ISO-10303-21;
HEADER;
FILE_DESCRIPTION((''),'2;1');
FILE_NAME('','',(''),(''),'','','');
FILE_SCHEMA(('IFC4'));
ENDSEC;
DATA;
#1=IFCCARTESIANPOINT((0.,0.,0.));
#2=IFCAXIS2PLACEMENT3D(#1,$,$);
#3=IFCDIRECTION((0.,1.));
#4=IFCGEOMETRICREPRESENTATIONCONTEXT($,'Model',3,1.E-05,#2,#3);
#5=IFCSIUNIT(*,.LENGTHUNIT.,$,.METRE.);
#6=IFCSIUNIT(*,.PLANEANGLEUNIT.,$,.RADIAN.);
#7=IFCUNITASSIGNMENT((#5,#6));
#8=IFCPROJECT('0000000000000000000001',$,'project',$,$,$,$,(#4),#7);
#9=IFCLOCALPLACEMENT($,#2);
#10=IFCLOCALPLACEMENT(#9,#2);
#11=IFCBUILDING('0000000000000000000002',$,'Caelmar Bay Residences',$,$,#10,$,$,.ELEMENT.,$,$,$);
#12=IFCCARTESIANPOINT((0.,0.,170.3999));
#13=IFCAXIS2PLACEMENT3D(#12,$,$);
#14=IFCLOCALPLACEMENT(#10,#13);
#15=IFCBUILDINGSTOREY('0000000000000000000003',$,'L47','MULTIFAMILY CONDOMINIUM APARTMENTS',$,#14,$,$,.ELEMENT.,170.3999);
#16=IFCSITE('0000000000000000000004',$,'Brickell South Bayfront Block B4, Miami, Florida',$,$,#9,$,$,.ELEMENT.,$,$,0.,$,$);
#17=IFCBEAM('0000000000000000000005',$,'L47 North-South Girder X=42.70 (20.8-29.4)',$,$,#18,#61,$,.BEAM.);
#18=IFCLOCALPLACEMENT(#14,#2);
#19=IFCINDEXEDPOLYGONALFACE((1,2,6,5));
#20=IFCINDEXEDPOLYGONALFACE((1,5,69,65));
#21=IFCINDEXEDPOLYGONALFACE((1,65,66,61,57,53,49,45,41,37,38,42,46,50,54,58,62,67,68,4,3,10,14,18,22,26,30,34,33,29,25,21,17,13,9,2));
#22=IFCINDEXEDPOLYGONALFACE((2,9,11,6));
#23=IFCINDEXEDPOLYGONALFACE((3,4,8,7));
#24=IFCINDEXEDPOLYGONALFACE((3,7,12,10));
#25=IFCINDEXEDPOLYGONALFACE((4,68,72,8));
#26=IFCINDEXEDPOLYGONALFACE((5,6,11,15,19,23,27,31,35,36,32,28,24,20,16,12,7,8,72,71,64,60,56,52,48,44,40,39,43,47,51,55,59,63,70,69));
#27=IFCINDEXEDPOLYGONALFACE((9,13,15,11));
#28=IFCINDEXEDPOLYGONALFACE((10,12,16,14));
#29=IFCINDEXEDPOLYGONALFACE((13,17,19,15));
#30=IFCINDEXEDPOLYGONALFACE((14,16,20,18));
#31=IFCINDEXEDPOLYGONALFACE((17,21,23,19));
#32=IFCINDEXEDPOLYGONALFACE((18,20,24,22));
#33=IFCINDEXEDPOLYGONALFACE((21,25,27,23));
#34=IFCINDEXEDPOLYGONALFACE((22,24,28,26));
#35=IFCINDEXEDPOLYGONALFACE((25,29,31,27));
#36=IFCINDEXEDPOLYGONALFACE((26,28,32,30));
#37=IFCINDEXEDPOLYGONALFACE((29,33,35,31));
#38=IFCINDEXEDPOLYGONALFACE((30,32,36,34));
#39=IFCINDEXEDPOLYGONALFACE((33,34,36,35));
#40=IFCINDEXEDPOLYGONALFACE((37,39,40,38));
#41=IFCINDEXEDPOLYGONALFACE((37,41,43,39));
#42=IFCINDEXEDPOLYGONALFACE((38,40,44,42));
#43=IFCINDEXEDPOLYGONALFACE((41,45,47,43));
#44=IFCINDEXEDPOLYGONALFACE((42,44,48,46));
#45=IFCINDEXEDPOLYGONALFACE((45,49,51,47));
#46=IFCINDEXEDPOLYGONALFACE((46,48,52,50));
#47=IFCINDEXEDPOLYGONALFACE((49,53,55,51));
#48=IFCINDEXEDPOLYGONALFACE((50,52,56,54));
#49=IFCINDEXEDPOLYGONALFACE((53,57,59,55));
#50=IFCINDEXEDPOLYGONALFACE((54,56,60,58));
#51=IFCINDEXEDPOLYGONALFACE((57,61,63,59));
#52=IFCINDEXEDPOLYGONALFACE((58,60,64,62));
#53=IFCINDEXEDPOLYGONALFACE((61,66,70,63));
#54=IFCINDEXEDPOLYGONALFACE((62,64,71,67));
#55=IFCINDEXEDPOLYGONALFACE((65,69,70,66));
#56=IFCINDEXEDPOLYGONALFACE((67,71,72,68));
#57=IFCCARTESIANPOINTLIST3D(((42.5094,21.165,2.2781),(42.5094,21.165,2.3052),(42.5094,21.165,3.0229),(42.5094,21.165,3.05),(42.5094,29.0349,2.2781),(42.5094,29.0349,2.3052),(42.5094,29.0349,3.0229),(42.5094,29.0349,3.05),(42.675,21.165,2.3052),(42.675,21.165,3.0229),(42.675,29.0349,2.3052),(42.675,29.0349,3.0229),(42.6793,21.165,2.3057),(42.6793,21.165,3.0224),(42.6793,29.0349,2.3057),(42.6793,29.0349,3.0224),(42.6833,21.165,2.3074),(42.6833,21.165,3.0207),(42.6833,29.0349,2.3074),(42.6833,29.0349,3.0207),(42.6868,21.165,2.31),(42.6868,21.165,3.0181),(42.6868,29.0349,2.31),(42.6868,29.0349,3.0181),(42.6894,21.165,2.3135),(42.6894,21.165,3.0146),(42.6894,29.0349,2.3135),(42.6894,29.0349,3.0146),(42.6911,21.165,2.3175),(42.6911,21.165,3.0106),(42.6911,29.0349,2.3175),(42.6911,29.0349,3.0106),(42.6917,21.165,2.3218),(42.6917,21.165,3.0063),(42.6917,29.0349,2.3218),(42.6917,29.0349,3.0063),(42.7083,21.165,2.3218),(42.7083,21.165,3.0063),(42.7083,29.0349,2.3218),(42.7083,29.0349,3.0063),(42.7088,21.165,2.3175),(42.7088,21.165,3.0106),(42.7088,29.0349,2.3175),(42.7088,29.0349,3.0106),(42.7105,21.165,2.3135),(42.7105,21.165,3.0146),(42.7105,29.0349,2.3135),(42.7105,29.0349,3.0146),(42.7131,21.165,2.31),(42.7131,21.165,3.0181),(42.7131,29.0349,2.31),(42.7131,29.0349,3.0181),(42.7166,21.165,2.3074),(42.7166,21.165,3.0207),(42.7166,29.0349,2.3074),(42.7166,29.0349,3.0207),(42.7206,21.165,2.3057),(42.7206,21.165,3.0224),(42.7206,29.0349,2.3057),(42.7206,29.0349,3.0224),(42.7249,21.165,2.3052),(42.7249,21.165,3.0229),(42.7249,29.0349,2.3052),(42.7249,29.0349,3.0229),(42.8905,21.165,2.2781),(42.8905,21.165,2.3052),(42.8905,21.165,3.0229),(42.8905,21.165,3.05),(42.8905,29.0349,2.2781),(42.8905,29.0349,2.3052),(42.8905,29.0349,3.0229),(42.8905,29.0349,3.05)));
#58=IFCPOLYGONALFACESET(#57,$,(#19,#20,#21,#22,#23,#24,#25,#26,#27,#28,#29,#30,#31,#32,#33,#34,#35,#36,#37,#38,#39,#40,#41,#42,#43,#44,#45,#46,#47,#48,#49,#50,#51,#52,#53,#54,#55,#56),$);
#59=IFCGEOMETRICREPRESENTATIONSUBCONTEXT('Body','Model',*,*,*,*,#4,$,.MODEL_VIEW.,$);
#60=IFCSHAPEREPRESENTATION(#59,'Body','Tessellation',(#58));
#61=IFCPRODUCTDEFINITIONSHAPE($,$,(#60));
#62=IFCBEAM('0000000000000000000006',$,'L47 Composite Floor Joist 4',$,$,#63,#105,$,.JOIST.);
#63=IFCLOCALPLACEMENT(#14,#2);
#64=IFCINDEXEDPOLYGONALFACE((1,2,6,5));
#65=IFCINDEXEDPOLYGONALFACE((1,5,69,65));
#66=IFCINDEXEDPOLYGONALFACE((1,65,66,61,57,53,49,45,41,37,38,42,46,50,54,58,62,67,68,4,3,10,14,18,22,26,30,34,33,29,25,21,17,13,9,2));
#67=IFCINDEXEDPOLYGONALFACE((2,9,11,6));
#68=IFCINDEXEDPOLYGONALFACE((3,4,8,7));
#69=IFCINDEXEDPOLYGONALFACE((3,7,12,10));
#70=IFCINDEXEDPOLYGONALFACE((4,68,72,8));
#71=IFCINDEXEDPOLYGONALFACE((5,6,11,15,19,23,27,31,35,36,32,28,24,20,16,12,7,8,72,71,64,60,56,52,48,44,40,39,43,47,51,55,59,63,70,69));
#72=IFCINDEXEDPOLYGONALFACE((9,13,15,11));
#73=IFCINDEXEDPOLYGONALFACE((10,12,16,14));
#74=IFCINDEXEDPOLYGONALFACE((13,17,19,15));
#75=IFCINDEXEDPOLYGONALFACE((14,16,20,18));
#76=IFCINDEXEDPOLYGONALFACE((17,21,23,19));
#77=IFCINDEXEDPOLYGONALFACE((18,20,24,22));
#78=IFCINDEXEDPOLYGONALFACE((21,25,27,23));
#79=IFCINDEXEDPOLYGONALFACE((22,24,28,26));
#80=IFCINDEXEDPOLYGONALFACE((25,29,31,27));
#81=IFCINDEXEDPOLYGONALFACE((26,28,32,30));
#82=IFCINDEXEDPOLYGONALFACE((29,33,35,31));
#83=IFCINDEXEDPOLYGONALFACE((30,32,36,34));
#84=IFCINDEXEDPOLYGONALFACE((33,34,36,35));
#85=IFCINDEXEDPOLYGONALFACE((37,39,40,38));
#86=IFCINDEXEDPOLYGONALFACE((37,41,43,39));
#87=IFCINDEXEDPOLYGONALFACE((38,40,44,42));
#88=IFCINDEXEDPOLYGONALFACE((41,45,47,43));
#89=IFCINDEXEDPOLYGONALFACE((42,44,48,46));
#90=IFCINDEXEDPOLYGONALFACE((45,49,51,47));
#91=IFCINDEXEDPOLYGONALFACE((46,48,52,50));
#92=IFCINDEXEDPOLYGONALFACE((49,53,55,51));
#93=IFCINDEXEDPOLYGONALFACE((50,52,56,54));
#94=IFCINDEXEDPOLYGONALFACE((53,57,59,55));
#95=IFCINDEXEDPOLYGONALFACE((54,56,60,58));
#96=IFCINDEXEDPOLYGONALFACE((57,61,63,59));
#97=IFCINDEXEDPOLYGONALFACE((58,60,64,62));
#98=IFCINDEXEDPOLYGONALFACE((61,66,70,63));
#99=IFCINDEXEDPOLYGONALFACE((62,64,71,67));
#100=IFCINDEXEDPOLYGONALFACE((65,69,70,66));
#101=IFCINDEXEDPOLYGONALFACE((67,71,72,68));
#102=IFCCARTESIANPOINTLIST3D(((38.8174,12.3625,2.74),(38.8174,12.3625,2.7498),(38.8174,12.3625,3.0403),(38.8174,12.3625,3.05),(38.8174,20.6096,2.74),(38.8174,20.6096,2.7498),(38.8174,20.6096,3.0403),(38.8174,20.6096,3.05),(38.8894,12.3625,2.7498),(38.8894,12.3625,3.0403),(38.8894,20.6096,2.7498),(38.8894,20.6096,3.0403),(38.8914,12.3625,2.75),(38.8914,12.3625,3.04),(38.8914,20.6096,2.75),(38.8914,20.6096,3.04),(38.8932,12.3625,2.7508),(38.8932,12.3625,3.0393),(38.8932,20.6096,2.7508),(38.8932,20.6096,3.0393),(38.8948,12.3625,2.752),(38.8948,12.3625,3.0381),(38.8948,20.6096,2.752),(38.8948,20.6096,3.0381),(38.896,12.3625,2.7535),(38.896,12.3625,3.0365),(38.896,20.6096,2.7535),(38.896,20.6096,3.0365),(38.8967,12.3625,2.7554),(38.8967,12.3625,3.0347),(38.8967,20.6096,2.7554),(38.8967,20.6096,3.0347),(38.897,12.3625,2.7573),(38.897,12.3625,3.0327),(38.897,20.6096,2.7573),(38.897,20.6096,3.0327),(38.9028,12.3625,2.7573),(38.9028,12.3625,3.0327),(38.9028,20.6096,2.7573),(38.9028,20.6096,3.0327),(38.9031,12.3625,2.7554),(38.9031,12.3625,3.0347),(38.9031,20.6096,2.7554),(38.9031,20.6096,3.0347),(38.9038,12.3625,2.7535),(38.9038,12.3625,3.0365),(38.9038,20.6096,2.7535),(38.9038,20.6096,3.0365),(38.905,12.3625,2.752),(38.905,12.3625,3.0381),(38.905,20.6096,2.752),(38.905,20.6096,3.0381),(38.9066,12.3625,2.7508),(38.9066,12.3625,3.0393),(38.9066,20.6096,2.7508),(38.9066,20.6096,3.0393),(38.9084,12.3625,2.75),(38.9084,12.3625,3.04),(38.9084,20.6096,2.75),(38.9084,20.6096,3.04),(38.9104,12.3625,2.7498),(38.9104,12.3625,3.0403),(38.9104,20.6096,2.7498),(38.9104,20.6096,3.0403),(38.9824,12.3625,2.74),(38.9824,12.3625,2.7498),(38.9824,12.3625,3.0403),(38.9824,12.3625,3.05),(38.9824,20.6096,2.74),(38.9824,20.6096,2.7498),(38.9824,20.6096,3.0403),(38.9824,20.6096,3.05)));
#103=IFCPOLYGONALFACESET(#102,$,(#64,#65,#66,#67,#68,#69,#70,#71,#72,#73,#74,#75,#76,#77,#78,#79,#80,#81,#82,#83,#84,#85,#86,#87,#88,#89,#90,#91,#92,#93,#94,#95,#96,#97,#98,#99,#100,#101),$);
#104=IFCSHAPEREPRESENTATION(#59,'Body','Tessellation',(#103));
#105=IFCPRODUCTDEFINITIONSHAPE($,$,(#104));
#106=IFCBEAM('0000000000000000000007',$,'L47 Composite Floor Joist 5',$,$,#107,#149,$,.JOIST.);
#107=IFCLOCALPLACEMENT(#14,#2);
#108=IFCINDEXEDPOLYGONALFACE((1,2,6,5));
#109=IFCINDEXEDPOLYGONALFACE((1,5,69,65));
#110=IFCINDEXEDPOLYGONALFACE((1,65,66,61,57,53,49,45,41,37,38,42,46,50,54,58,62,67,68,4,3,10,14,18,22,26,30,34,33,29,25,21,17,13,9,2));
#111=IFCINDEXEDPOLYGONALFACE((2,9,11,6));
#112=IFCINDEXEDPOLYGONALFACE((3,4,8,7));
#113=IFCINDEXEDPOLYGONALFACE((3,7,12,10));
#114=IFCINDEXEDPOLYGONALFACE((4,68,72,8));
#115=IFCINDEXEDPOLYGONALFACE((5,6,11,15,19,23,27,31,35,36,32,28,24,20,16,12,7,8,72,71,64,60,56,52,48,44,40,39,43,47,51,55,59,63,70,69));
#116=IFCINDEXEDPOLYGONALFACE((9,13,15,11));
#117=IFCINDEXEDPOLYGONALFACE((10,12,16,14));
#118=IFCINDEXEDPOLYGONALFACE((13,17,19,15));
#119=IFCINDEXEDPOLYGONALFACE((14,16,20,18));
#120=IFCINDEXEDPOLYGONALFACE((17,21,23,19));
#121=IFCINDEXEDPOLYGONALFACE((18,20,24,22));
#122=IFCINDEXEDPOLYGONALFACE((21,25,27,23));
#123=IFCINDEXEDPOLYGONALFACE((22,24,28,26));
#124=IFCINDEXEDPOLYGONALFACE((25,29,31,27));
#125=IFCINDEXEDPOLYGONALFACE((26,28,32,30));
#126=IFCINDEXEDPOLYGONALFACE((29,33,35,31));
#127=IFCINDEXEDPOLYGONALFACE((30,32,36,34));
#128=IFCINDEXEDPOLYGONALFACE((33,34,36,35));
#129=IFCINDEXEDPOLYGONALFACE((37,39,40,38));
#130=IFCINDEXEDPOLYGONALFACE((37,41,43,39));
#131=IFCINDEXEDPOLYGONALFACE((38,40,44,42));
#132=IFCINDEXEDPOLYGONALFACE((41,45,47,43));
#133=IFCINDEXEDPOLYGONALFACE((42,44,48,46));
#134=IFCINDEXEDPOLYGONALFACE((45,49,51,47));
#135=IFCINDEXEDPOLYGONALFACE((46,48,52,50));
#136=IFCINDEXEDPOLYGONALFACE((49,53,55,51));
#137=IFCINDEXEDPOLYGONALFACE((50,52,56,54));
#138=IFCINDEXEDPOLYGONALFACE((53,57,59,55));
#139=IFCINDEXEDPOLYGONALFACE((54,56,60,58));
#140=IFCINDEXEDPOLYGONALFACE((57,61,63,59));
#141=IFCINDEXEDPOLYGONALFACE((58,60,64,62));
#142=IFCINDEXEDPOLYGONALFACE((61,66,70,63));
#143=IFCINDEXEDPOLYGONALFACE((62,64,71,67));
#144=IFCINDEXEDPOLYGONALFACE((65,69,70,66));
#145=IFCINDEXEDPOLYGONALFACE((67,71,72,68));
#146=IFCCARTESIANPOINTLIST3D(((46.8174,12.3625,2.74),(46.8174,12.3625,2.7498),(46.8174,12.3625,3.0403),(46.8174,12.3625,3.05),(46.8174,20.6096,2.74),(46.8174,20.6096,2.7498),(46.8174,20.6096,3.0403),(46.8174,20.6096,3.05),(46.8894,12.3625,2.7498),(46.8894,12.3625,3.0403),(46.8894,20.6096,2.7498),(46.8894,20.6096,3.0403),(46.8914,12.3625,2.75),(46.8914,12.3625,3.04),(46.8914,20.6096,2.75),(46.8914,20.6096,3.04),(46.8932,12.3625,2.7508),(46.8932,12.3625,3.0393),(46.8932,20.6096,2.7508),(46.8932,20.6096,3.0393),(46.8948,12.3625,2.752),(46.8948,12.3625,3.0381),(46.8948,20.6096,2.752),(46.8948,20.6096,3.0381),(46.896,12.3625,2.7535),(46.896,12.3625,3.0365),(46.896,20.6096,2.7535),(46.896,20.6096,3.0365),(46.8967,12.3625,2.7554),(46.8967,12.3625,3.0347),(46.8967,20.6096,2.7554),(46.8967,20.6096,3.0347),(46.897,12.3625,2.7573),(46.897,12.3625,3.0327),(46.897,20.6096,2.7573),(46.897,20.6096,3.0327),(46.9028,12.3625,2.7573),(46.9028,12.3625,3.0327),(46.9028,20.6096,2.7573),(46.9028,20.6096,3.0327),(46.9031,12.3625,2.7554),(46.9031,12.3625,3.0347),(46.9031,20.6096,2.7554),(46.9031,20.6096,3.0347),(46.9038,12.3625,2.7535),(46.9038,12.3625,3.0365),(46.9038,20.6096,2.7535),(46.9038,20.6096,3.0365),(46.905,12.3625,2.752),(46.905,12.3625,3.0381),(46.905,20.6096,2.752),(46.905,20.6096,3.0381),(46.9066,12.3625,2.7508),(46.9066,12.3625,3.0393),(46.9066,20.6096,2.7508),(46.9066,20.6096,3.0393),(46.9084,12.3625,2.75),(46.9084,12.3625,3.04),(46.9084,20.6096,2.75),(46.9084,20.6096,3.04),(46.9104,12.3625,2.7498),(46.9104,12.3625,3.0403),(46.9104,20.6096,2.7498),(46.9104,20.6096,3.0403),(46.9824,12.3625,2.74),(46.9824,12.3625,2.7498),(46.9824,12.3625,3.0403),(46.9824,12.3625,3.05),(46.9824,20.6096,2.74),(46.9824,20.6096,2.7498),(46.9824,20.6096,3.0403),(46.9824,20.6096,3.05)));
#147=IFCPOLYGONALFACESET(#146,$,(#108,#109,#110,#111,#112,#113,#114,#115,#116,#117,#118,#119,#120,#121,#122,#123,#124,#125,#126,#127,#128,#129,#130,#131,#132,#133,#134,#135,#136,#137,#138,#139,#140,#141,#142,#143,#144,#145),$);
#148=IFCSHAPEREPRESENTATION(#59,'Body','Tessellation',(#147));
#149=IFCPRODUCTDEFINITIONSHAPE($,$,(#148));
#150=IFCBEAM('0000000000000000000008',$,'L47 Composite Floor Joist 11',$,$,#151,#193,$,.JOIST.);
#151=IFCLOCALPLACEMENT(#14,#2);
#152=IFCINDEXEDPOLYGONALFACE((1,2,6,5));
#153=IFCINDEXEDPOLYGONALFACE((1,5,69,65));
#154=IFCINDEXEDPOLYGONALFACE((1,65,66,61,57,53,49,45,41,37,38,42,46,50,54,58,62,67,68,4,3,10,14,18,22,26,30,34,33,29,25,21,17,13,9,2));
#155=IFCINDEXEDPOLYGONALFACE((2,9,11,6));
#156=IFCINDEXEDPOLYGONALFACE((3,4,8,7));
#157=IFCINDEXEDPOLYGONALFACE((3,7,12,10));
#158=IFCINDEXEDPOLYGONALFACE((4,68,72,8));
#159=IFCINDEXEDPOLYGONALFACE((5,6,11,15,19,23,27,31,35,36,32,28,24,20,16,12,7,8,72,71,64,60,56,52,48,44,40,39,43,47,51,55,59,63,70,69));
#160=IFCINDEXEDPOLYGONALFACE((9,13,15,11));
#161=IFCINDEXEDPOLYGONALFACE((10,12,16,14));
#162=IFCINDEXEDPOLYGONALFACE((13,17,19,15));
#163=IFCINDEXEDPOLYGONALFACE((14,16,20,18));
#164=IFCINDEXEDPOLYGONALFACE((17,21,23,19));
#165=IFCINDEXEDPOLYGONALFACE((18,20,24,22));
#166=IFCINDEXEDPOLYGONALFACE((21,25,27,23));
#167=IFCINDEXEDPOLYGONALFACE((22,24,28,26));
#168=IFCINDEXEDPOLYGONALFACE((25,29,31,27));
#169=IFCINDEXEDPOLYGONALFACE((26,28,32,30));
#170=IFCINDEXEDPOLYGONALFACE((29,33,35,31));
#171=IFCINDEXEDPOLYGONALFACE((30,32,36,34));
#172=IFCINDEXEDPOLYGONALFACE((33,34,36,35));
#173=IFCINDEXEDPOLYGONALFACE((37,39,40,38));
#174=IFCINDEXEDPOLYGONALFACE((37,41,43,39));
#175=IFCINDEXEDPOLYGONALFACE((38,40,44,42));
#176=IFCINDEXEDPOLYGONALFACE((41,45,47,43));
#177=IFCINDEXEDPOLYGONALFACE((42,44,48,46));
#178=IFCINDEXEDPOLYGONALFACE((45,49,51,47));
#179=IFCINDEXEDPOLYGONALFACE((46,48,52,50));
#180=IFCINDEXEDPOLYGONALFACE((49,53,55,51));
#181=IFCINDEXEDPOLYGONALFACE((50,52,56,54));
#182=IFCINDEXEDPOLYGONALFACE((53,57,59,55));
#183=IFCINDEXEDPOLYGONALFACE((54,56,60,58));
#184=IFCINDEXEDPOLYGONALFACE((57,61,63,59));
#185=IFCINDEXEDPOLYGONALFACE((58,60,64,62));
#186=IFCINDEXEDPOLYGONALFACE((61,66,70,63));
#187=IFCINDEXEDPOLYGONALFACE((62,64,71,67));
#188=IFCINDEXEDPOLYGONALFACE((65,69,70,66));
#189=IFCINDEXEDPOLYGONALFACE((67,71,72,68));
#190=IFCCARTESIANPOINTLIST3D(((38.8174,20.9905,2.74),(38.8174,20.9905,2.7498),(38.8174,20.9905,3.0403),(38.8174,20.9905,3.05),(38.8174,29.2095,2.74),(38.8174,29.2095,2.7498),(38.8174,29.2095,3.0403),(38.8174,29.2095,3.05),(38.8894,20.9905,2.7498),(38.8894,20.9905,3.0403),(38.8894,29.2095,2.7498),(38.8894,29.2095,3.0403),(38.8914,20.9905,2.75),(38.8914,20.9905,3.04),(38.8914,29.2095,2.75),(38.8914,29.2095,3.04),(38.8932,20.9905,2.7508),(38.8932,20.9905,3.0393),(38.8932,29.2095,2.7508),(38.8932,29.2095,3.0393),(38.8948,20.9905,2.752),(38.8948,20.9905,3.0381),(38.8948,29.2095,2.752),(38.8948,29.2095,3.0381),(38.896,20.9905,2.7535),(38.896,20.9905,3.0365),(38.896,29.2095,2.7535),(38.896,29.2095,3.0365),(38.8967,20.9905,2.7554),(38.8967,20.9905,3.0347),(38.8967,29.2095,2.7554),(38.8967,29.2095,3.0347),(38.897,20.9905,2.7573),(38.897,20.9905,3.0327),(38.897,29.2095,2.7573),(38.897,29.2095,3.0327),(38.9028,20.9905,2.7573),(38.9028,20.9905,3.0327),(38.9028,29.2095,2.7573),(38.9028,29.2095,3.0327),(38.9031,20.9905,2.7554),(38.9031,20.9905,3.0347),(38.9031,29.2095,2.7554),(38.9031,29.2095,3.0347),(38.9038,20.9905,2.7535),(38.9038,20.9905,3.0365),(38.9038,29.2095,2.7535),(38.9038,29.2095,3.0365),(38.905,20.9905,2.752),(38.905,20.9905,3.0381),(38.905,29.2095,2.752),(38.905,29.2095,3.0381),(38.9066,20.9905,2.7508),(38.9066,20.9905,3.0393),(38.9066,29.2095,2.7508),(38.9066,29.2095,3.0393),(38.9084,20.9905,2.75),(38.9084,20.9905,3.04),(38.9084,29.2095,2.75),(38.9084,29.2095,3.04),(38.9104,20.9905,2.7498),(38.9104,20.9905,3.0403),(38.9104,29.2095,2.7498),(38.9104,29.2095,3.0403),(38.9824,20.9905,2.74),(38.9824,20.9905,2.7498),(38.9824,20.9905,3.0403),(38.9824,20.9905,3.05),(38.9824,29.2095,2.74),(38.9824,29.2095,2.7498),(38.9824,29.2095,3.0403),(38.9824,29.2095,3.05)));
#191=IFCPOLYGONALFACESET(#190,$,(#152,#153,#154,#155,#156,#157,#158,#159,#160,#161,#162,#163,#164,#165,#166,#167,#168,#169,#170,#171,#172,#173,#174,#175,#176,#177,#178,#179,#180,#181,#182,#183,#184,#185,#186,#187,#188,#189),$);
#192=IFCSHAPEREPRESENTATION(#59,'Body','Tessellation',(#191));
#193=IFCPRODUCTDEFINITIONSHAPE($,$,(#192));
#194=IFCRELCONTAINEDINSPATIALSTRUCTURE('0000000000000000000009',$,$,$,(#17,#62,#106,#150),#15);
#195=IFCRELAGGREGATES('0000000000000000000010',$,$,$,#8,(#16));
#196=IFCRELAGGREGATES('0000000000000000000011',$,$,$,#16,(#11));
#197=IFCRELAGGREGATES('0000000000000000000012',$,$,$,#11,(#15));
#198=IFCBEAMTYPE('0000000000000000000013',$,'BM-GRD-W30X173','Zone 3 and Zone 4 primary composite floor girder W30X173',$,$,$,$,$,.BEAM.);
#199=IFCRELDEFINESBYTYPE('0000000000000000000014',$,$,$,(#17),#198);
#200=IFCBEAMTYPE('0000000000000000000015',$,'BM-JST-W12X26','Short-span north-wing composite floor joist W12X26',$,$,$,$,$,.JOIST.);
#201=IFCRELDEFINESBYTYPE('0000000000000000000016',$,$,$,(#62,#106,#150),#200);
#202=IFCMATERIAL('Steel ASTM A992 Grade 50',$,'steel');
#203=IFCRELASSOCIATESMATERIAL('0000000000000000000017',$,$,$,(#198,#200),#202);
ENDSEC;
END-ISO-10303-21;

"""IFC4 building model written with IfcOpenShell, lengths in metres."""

from ifc_helpers import new_model, si_unit, direction, frame, origin, origin_2d, place, context, subcontext, project, spatial, i_section, extrude, material, material_profile, profile_set, type_object, element, save


model = new_model("IFC4")

# Units and contexts
model_context = context("Model", 3, precision=1e-05, world=origin(), true_north=direction((0.0, 1.0)))
body_context = subcontext(model_context, "Body", "Model", "MODEL_VIEW")
ifc_project = project(units=[si_unit("LENGTHUNIT", "METRE"), si_unit("PLANEANGLEUNIT", "RADIAN")], contexts=[model_context])

# Site, building, storey
site_placement = place(None, origin())
site = spatial("IfcSite", under=ifc_project, at=site_placement, Name="Brickell South Bayfront Block B4, Miami, Florida", CompositionType="ELEMENT", RefElevation=0.0)
building_placement = place(site_placement, origin())
building = spatial("IfcBuilding", under=site, at=building_placement, Name="Caelmar Bay Residences", CompositionType="ELEMENT")
storey_placement = place(building_placement, frame((0.0, 0.0, 170.3999)))
storey = spatial("IfcBuildingStorey", under=building, at=storey_placement, Name="L47", Description="MULTIFAMILY CONDOMINIUM APARTMENTS", CompositionType="ELEMENT", Elevation=170.3999)

# Beams
ifc_material_1 = material(Name="Steel ASTM A992 Grade 50", Category="steel")
ifc_material_profile_1 = material_profile(ifc_material_1, i_section(OverallWidth=0.3811, OverallDepth=0.772, WebThickness=0.0166, FlangeThickness=0.0271, FilletRadius=0.0166, at=origin_2d()), Name="W30X173")
ifc_profile_set_1 = profile_set([ifc_material_profile_1], Name="Steel ASTM A992 Grade 50")
beam_type_1 = type_object("IfcBeamType", Name="BM-GRD-W30X173", Description="Zone 3 and Zone 4 primary composite floor girder W30X173", PredefinedType="BEAM", material=ifc_profile_set_1)
beam_1_placement = place(storey_placement, frame((42.7, 21.165, 2.6641), z_axis=(0.0, 1.0, 0.0), x_axis=(-1.0, 0.0, 0.0)))
element("IfcBeam", 1, at=beam_1_placement, inside=storey, type_object=beam_type_1, Name="L47 North-South Girder X=42.70 (20.8-29.4)", PredefinedType="BEAM", context=body_context, shape_type="SweptSolid", body=[
    extrude(i_section(OverallWidth=0.3811, OverallDepth=0.772, WebThickness=0.0166, FlangeThickness=0.0271, FilletRadius=0.0166, at=origin_2d()), origin(), (0.0, 0.0, 1.0), 7.8699),
])
ifc_material_profile_2 = material_profile(ifc_material_1, i_section(OverallWidth=0.165, OverallDepth=0.3101, WebThickness=0.0059, FlangeThickness=0.0098, FilletRadius=0.0076, at=origin_2d()), Name="W12X26")
ifc_profile_set_2 = profile_set([ifc_material_profile_2], Name="Steel ASTM A992 Grade 50")
beam_type_2 = type_object("IfcBeamType", Name="BM-JST-W12X26", Description="Short-span north-wing composite floor joist W12X26", PredefinedType="JOIST", material=ifc_profile_set_2)
for number, where, z_axis, x_axis, name in (
    (2, (38.8999, 12.3625, 2.895), (0.0, 1.0, 0.0), (-1.0, 0.0, 0.0), "L47 Composite Floor Joist 4"),
    (3, (46.8999, 12.3625, 2.895), (0.0, 1.0, 0.0), (-1.0, 0.0, 0.0), "L47 Composite Floor Joist 5"),
):
    element("IfcBeam", number, at=place(storey_placement, frame(where, z_axis=z_axis, x_axis=x_axis)), inside=storey, type_object=beam_type_2, Name=name, PredefinedType="JOIST", context=body_context, shape_type="SweptSolid", body=[
        extrude(i_section(OverallWidth=0.165, OverallDepth=0.3101, WebThickness=0.0059, FlangeThickness=0.0098, FilletRadius=0.0076, at=origin_2d()), origin(), (0.0, 0.0, 1.0), 8.2471),
    ])
for number, where, z_axis, x_axis, name in (
    (4, (38.8999, 20.9905, 2.895), (0.0, 1.0, 0.0), (-1.0, 0.0, 0.0), "L47 Composite Floor Joist 11"),
):
    element("IfcBeam", number, at=place(storey_placement, frame(where, z_axis=z_axis, x_axis=x_axis)), inside=storey, type_object=beam_type_2, Name=name, PredefinedType="JOIST", context=body_context, shape_type="SweptSolid", body=[
        extrude(i_section(OverallWidth=0.165, OverallDepth=0.3101, WebThickness=0.0059, FlangeThickness=0.0098, FilletRadius=0.0076, at=origin_2d()), origin(), (0.0, 0.0, 1.0), 8.219),
    ])

save(model, "model.ifc")
